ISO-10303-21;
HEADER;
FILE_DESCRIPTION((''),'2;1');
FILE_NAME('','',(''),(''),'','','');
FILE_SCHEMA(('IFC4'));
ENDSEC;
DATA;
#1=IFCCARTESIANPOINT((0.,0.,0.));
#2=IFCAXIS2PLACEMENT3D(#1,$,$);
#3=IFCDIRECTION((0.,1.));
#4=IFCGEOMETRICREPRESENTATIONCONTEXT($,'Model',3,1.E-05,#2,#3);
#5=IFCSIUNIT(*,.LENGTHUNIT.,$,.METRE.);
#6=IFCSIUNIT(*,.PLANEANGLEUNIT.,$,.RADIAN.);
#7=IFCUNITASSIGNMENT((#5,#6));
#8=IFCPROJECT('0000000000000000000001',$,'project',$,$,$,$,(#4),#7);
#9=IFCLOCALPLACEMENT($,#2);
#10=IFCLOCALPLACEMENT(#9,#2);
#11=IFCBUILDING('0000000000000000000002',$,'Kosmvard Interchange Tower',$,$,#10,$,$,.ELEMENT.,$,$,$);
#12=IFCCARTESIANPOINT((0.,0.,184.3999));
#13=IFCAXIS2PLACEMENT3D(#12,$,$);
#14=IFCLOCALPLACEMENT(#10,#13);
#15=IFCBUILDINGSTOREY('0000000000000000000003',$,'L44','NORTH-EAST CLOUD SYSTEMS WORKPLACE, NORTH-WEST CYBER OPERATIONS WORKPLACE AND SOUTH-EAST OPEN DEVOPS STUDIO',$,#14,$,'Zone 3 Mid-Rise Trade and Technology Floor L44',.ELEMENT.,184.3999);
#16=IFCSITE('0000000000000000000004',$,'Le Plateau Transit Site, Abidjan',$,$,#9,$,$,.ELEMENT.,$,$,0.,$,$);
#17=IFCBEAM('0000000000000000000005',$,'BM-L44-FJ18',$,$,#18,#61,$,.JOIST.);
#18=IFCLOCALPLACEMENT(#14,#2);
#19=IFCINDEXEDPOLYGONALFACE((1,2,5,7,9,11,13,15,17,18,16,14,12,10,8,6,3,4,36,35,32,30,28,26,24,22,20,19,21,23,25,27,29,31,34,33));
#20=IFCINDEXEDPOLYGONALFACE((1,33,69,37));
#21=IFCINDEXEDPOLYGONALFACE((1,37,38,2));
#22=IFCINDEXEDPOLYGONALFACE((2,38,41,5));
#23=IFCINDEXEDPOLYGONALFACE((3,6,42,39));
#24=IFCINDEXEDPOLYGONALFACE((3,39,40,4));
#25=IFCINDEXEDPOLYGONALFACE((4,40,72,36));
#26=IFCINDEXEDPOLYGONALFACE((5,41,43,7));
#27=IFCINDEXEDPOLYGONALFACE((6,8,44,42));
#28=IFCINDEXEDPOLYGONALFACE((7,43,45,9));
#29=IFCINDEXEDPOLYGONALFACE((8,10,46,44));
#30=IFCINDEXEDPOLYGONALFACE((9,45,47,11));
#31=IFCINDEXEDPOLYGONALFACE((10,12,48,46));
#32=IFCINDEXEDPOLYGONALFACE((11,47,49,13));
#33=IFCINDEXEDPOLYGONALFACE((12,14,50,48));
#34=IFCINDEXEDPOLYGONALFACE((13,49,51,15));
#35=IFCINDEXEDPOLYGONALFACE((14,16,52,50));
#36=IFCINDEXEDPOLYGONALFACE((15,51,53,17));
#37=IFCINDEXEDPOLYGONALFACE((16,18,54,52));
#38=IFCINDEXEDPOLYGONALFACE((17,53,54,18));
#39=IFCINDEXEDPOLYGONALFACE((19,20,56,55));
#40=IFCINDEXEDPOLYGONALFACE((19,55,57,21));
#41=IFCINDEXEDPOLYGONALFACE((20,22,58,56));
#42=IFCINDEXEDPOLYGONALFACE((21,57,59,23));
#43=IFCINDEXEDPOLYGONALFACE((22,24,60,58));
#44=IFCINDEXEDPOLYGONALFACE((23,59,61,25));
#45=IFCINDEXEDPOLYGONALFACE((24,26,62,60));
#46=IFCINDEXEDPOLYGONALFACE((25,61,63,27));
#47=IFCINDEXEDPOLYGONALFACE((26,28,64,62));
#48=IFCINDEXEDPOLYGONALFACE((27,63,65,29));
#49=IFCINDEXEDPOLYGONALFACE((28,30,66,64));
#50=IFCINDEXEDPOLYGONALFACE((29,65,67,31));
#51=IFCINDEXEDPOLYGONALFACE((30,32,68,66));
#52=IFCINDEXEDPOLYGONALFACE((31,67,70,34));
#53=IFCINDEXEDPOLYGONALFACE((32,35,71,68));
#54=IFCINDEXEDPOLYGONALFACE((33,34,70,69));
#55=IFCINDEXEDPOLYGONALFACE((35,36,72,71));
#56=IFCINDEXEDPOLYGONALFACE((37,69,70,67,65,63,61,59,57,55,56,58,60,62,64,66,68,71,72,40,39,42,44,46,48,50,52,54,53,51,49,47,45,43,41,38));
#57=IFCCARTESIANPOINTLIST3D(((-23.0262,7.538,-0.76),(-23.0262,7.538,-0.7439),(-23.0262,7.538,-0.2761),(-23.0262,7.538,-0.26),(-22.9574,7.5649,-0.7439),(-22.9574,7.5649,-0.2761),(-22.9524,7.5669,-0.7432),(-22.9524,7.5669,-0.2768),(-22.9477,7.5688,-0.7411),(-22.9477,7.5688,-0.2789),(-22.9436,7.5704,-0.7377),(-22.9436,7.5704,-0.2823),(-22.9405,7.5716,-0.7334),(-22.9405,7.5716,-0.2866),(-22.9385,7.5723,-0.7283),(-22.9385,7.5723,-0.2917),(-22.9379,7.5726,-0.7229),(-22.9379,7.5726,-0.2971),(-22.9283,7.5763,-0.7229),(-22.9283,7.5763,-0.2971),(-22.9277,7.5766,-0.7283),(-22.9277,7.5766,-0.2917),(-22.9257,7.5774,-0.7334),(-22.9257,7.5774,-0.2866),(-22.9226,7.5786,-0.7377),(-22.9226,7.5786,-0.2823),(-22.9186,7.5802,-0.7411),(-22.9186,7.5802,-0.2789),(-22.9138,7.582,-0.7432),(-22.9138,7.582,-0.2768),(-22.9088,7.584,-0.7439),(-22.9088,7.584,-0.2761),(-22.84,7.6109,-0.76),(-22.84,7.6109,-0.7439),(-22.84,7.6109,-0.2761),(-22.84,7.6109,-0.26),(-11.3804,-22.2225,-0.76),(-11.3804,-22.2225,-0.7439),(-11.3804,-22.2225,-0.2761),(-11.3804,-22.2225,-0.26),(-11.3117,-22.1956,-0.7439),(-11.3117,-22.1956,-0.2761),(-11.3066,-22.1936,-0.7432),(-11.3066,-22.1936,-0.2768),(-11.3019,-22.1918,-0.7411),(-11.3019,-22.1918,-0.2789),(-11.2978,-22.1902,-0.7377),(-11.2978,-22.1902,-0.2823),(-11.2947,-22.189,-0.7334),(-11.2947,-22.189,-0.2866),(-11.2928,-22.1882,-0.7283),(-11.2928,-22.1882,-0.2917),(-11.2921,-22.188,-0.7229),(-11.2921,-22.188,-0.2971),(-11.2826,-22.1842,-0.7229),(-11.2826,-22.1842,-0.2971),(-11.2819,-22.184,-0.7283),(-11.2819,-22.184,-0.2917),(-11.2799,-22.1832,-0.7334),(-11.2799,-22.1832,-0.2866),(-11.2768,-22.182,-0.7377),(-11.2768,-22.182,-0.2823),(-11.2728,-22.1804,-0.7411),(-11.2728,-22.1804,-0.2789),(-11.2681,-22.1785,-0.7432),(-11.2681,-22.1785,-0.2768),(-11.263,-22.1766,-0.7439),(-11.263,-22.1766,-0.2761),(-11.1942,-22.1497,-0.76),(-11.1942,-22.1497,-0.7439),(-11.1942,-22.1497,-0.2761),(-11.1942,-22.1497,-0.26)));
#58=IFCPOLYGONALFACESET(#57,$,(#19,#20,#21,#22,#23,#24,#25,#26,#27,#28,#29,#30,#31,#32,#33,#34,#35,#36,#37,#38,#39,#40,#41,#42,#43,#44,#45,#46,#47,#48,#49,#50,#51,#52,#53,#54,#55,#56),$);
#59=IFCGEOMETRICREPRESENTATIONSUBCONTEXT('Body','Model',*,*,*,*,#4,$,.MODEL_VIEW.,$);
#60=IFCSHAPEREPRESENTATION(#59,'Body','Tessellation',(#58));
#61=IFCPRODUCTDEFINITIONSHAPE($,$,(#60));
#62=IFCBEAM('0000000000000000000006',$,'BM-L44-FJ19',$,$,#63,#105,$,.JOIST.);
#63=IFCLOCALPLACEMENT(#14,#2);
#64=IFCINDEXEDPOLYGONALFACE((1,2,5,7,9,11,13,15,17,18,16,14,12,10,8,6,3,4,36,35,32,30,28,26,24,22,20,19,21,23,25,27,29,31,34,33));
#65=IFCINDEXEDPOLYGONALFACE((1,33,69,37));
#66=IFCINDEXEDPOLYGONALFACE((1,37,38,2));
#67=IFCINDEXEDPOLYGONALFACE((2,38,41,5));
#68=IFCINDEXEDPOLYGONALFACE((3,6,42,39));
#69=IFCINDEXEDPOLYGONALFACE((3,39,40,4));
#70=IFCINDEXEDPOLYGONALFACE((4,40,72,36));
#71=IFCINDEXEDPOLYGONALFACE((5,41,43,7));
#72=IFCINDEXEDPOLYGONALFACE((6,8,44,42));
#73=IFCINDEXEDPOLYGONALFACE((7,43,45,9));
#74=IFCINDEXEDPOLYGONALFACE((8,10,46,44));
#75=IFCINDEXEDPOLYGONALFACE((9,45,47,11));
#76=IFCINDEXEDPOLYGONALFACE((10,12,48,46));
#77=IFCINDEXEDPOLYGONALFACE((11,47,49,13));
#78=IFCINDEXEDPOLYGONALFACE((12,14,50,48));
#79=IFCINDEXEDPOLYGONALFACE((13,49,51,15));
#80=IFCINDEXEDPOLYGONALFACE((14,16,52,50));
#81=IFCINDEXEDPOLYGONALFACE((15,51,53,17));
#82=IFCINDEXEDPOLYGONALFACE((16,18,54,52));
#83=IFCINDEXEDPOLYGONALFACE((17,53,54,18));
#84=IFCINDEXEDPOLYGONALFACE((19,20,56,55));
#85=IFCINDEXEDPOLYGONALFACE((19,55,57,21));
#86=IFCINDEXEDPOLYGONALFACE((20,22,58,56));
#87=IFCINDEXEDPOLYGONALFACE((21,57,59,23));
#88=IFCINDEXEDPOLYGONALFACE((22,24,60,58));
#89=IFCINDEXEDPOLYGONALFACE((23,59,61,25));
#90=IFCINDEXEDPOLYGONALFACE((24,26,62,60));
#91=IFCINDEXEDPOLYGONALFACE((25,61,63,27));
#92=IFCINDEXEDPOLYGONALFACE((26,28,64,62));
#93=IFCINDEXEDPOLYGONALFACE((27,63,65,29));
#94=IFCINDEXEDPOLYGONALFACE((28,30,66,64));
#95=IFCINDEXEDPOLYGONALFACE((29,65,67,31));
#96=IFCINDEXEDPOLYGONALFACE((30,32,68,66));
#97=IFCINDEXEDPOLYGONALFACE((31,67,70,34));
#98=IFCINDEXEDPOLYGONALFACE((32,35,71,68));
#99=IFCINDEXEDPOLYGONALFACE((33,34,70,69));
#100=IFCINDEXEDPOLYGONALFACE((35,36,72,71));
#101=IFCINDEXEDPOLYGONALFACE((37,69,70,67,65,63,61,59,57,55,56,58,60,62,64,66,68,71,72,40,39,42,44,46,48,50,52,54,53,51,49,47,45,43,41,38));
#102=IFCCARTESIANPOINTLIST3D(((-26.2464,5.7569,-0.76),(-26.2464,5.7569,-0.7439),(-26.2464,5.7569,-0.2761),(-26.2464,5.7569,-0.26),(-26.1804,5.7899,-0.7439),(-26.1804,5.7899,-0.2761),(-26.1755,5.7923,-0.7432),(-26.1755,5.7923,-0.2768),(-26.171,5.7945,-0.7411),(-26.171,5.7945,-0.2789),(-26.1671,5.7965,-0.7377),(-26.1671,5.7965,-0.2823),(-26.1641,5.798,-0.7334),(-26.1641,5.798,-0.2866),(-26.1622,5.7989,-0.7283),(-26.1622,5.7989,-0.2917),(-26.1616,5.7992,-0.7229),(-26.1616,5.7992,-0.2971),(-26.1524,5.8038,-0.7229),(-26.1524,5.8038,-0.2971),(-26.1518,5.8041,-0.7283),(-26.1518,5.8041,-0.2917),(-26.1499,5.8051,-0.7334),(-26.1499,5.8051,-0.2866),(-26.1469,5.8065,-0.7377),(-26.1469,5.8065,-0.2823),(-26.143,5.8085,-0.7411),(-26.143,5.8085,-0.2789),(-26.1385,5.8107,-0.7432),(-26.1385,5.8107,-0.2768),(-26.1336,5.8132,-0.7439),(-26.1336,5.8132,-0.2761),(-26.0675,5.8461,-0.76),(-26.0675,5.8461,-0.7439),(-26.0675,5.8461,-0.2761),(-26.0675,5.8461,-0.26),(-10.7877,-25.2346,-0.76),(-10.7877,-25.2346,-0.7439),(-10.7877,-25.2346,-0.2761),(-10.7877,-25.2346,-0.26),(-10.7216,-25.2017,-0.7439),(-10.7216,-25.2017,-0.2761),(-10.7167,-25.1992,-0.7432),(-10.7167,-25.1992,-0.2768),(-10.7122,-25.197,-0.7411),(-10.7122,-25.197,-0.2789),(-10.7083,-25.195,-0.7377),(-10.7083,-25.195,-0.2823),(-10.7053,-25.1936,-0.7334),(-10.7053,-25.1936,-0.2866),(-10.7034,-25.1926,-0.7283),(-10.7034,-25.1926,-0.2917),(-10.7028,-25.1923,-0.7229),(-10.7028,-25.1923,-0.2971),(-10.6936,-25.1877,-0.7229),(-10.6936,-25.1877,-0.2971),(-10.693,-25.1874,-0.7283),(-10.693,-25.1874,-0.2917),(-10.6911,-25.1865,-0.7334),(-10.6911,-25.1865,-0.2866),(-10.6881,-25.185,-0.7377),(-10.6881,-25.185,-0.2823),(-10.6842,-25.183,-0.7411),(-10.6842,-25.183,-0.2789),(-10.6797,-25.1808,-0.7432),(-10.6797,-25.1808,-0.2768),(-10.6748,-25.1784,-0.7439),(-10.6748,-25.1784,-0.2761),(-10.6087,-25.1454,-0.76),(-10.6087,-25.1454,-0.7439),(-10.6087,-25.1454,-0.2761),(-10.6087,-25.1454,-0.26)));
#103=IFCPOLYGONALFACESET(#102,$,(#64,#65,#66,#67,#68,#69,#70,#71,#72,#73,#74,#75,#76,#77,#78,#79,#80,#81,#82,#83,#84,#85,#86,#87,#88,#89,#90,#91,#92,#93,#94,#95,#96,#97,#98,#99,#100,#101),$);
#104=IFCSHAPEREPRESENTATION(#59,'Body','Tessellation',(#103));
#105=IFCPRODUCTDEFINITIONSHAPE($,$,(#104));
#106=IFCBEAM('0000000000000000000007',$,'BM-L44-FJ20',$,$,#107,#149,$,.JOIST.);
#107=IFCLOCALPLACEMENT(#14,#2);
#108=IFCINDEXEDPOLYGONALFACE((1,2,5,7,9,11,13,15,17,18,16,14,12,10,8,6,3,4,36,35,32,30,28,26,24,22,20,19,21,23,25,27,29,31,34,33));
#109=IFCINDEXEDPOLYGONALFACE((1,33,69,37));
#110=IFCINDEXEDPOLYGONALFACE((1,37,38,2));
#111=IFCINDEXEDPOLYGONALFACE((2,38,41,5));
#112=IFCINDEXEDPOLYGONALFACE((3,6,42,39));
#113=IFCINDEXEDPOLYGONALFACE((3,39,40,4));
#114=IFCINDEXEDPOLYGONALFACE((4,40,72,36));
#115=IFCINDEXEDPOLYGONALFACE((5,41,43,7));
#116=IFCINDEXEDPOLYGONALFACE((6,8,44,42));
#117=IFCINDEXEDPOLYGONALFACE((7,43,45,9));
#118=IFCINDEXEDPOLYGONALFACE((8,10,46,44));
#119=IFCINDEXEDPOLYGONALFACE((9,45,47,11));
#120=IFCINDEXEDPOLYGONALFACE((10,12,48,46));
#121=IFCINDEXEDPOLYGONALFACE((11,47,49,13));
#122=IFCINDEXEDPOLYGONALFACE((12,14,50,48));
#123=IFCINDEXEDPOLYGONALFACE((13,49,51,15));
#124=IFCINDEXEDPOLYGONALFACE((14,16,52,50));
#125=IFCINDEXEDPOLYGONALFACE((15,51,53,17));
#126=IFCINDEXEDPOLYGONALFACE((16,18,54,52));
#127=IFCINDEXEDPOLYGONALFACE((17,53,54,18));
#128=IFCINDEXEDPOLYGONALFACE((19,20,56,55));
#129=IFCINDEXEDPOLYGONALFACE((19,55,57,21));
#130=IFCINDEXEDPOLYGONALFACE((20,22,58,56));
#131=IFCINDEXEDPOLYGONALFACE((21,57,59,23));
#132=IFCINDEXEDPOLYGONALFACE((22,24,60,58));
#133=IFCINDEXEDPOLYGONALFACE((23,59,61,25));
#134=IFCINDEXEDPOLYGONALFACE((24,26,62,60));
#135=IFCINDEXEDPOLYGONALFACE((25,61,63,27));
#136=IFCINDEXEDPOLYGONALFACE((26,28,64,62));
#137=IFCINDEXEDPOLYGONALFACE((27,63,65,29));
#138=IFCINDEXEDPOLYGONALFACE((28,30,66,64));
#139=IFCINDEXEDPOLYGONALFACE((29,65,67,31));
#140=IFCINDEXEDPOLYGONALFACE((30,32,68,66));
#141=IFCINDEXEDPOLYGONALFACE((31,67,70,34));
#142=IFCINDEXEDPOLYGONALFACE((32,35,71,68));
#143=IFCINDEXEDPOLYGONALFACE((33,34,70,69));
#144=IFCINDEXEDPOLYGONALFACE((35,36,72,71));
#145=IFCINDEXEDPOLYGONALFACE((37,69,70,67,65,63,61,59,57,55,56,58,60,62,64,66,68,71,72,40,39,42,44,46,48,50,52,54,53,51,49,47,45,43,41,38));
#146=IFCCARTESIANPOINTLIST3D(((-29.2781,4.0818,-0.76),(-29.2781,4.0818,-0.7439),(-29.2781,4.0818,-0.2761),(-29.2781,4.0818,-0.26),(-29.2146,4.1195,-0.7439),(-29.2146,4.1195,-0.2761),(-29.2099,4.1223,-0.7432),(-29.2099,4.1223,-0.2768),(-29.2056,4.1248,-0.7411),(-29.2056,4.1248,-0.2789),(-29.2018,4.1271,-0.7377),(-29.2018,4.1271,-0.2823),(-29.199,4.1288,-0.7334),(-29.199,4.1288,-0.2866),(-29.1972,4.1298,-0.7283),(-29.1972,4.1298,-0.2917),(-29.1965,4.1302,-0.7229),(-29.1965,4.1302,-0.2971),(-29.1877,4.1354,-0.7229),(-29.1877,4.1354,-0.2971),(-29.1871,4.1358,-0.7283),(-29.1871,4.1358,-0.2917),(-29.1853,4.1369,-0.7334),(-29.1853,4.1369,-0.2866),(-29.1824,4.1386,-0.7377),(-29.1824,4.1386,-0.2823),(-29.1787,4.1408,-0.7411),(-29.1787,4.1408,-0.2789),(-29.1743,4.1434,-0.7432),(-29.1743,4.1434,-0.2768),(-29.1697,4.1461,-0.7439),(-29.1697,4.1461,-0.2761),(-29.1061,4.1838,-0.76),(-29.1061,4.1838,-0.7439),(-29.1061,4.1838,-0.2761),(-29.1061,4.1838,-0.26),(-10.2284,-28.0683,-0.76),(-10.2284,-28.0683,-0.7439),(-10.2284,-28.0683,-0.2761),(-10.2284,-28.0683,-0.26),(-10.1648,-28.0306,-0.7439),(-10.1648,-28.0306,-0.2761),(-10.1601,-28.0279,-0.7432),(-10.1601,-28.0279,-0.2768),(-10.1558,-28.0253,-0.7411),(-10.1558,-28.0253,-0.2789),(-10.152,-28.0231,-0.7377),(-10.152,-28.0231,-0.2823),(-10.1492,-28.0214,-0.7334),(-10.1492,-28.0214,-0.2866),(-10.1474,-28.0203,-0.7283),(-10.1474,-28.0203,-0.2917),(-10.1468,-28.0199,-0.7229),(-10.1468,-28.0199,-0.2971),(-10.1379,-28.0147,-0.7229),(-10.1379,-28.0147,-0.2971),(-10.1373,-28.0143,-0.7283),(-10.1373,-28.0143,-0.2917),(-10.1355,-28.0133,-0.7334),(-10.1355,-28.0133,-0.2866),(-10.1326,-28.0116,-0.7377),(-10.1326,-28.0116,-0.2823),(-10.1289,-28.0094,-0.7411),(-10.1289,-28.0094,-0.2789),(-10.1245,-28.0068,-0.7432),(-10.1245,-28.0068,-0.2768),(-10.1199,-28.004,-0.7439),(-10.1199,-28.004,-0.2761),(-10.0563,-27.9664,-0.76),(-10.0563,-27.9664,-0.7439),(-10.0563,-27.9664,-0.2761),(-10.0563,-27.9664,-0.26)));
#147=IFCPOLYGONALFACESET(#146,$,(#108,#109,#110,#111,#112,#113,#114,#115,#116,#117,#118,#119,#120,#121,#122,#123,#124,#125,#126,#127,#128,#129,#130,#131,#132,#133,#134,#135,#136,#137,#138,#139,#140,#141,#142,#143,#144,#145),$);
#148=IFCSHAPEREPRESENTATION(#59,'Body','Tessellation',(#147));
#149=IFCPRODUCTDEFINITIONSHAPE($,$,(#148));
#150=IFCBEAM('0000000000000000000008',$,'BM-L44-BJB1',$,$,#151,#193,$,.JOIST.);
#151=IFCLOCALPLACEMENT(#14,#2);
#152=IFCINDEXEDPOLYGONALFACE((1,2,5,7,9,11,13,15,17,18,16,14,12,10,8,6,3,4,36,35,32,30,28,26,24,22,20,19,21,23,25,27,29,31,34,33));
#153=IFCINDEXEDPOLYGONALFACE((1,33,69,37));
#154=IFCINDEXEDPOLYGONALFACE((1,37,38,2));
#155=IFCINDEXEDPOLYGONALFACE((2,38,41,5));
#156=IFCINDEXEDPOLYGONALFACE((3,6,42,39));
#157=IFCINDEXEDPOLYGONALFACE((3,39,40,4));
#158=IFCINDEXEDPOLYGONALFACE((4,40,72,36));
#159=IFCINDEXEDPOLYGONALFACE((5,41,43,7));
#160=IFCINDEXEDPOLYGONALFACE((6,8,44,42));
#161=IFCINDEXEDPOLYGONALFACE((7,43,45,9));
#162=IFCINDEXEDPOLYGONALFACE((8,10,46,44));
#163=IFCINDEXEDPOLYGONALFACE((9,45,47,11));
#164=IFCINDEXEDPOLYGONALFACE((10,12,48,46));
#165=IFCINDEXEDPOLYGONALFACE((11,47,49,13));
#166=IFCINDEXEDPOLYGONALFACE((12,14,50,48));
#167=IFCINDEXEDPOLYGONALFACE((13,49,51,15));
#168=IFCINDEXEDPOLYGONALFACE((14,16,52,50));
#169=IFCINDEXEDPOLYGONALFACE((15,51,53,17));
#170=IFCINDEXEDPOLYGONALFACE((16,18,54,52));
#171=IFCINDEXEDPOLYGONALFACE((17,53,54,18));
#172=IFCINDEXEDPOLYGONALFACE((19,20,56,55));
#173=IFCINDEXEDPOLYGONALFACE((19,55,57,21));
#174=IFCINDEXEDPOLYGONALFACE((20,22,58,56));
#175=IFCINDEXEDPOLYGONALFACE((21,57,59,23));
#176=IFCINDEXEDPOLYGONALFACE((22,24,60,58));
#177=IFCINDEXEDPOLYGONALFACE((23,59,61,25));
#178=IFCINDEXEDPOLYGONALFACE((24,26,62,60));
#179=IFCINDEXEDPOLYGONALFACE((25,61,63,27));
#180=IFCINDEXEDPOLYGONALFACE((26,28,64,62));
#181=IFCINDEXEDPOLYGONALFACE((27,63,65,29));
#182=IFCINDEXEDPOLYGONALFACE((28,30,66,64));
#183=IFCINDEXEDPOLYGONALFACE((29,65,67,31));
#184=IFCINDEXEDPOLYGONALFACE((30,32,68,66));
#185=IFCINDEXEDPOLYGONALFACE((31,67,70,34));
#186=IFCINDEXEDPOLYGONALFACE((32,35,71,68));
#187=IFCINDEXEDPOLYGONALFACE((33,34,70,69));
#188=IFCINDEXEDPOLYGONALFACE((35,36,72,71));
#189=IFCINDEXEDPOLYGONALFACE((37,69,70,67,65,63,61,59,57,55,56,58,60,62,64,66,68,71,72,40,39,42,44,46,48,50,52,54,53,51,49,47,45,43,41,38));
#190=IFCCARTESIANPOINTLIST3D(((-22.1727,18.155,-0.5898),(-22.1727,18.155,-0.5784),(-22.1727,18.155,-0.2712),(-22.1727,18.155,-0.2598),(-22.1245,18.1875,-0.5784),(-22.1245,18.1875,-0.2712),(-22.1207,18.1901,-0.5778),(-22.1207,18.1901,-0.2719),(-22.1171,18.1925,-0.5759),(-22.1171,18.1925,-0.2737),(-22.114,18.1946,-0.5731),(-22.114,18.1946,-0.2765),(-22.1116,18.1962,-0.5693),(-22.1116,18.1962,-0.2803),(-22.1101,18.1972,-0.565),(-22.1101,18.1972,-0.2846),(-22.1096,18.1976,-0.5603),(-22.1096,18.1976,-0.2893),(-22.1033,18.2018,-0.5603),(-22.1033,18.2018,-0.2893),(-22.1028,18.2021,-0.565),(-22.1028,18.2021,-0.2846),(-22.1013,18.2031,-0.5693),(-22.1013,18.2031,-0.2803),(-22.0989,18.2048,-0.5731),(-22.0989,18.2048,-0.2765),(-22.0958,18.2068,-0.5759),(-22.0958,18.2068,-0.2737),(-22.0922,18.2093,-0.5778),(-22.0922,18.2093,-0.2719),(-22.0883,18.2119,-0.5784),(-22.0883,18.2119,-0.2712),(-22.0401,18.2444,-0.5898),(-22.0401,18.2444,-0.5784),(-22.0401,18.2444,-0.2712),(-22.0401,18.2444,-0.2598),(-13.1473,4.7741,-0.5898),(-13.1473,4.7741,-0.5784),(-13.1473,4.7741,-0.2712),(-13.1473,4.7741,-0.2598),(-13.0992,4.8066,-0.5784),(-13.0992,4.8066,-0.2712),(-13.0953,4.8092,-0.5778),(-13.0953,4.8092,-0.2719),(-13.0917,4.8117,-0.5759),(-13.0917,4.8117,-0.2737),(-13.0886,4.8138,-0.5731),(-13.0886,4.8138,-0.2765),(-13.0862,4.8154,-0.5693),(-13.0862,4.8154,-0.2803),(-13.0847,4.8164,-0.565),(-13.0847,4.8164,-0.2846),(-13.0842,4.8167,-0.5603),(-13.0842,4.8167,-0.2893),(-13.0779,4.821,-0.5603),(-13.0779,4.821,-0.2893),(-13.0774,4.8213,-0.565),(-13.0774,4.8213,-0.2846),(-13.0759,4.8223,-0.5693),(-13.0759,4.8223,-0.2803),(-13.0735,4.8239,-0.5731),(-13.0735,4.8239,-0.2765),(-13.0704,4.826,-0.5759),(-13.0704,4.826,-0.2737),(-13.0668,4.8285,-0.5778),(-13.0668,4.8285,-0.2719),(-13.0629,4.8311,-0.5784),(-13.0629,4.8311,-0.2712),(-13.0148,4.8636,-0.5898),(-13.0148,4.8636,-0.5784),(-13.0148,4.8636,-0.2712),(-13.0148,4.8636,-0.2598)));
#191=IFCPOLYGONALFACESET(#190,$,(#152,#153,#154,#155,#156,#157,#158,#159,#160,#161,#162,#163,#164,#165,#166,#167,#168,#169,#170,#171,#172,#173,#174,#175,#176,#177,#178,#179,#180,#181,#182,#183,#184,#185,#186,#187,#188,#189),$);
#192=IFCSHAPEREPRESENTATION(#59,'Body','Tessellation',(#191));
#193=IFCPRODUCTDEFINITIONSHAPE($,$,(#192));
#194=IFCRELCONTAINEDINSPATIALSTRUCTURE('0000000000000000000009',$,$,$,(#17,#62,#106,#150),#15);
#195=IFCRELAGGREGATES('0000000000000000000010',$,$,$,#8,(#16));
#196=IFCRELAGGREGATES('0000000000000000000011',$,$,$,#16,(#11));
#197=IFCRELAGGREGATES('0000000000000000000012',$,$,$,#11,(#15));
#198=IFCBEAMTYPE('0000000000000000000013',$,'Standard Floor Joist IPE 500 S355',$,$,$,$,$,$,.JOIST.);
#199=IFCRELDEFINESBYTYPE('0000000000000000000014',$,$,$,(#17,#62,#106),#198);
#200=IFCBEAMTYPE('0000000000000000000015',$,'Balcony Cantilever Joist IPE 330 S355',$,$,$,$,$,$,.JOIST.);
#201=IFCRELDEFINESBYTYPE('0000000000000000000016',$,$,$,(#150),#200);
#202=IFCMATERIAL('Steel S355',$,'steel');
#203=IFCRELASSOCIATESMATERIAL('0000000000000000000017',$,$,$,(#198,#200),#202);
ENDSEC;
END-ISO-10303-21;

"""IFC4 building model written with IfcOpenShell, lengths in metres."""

from ifc_helpers import new_model, si_unit, direction, frame, origin, origin_2d, place, context, subcontext, project, spatial, i_section, extrude, source, transform, mapped, material, material_profile, profile_set, type_object, element, save


model = new_model("IFC4")

# Units and contexts
model_context = context("Model", 3, precision=1e-05, world=origin(), true_north=direction((0.0, 1.0)))
body_context = subcontext(model_context, "Body", "Model", "MODEL_VIEW")
ifc_project = project(units=[si_unit("LENGTHUNIT", "METRE"), si_unit("PLANEANGLEUNIT", "RADIAN")], contexts=[model_context])

# Site, building, storey
site_placement = place(None, origin())
site = spatial("IfcSite", under=ifc_project, at=site_placement, Name="Le Plateau Transit Site, Abidjan", CompositionType="ELEMENT", RefElevation=0.0)
building_placement = place(site_placement, origin())
building = spatial("IfcBuilding", under=site, at=building_placement, Name="Kosmvard Interchange Tower", CompositionType="ELEMENT")
storey_placement = place(building_placement, frame((0.0, 0.0, 184.3999)))
storey = spatial("IfcBuildingStorey", under=building, at=storey_placement, Name="L44", Description="NORTH-EAST CLOUD SYSTEMS WORKPLACE, NORTH-WEST CYBER OPERATIONS WORKPLACE AND SOUTH-EAST OPEN DEVOPS STUDIO", LongName="Zone 3 Mid-Rise Trade and Technology Floor L44", CompositionType="ELEMENT", Elevation=184.3999)

# Beams
ifc_material_1 = material(Name="Steel S355", Category="steel")
ifc_material_profile_1 = material_profile(ifc_material_1, i_section(OverallWidth=0.2, OverallDepth=0.5, WebThickness=0.0103, FlangeThickness=0.0161, FilletRadius=0.021, at=origin_2d()), Name="IPE 500")
ifc_profile_set_1 = profile_set([ifc_material_profile_1], Name="Steel S355")
beam_type_1 = type_object("IfcBeamType", Name="Standard Floor Joist IPE 500 S355", PredefinedType="JOIST", material=ifc_profile_set_1)
shared_shape_1 = source(origin(), body_context, "Body", "SweptSolid", [
    extrude(i_section(OverallWidth=0.2, OverallDepth=0.5, WebThickness=0.0103, FlangeThickness=0.0161, FilletRadius=0.021, at=origin_2d()), origin(), (0.0, 0.0, 1.0), 31.958),
])
beam_1_placement = place(storey_placement, frame((-22.9331, 7.5745, -0.51), z_axis=(0.364409, -0.931239, 0.0), x_axis=(0.931239, 0.364409, 0.0)))
element("IfcBeam", 1, at=beam_1_placement, inside=storey, type_object=beam_type_1, Name="BM-L44-FJ18", PredefinedType="JOIST", context=body_context, shape_type="MappedRepresentation", body=[
    mapped(shared_shape_1, transform((0.0, 0.0, 0.0), scale=1.0)),
])
shared_shape_2 = source(origin(), body_context, "Body", "SweptSolid", [
    extrude(i_section(OverallWidth=0.2, OverallDepth=0.5, WebThickness=0.0103, FlangeThickness=0.0161, FilletRadius=0.021, at=origin_2d()), origin(), (0.0, 0.0, 1.0), 34.6331),
])
beam_2_placement = place(storey_placement, frame((-26.157, 5.8015, -0.51), z_axis=(0.446359, -0.894854, 0.0), x_axis=(0.894854, 0.446359, 0.0)))
element("IfcBeam", 2, at=beam_2_placement, inside=storey, type_object=beam_type_1, Name="BM-L44-FJ19", PredefinedType="JOIST", context=body_context, shape_type="MappedRepresentation", body=[
    mapped(shared_shape_2, transform((0.0, 0.0, 0.0), scale=1.0)),
])
shared_shape_3 = source(origin(), body_context, "Body", "SweptSolid", [
    extrude(i_section(OverallWidth=0.2, OverallDepth=0.5, WebThickness=0.0103, FlangeThickness=0.0161, FilletRadius=0.021, at=origin_2d()), origin(), (0.0, 0.0, 1.0), 37.3701),
])
beam_3_placement = place(storey_placement, frame((-29.1921, 4.1328, -0.51), z_axis=(0.50976, -0.860317, 0.0), x_axis=(0.860317, 0.50976, 0.0)))
element("IfcBeam", 3, at=beam_3_placement, inside=storey, type_object=beam_type_1, Name="BM-L44-FJ20", PredefinedType="JOIST", context=body_context, shape_type="MappedRepresentation", body=[
    mapped(shared_shape_3, transform((0.0, 0.0, 0.0), scale=1.0)),
])
ifc_material_profile_2 = material_profile(ifc_material_1, i_section(OverallWidth=0.1599, OverallDepth=0.3301, WebThickness=0.0076, FlangeThickness=0.0115, FilletRadius=0.0181, at=origin_2d()), Name="IPE 330")
ifc_profile_set_2 = profile_set([ifc_material_profile_2], Name="Steel S355")
beam_type_2 = type_object("IfcBeamType", Name="Balcony Cantilever Joist IPE 330 S355", PredefinedType="JOIST", material=ifc_profile_set_2)
shared_shape_4 = source(origin(), body_context, "Body", "SweptSolid", [
    extrude(i_section(OverallWidth=0.1599, OverallDepth=0.3301, WebThickness=0.0076, FlangeThickness=0.0115, FilletRadius=0.0181, at=origin_2d()), origin(), (0.0, 0.0, 1.0), 16.1401),
])
beam_4_placement = place(storey_placement, frame((-13.0811, 4.8188, -0.4248), z_axis=(-0.559188, 0.829041, 0.0), x_axis=(-0.829041, -0.559188, 0.0)))
element("IfcBeam", 4, at=beam_4_placement, inside=storey, type_object=beam_type_2, Name="BM-L44-BJB1", PredefinedType="JOIST", context=body_context, shape_type="MappedRepresentation", body=[
    mapped(shared_shape_4, transform((0.0, 0.0, 0.0), scale=1.0)),
])

save(model, "model.ifc")
